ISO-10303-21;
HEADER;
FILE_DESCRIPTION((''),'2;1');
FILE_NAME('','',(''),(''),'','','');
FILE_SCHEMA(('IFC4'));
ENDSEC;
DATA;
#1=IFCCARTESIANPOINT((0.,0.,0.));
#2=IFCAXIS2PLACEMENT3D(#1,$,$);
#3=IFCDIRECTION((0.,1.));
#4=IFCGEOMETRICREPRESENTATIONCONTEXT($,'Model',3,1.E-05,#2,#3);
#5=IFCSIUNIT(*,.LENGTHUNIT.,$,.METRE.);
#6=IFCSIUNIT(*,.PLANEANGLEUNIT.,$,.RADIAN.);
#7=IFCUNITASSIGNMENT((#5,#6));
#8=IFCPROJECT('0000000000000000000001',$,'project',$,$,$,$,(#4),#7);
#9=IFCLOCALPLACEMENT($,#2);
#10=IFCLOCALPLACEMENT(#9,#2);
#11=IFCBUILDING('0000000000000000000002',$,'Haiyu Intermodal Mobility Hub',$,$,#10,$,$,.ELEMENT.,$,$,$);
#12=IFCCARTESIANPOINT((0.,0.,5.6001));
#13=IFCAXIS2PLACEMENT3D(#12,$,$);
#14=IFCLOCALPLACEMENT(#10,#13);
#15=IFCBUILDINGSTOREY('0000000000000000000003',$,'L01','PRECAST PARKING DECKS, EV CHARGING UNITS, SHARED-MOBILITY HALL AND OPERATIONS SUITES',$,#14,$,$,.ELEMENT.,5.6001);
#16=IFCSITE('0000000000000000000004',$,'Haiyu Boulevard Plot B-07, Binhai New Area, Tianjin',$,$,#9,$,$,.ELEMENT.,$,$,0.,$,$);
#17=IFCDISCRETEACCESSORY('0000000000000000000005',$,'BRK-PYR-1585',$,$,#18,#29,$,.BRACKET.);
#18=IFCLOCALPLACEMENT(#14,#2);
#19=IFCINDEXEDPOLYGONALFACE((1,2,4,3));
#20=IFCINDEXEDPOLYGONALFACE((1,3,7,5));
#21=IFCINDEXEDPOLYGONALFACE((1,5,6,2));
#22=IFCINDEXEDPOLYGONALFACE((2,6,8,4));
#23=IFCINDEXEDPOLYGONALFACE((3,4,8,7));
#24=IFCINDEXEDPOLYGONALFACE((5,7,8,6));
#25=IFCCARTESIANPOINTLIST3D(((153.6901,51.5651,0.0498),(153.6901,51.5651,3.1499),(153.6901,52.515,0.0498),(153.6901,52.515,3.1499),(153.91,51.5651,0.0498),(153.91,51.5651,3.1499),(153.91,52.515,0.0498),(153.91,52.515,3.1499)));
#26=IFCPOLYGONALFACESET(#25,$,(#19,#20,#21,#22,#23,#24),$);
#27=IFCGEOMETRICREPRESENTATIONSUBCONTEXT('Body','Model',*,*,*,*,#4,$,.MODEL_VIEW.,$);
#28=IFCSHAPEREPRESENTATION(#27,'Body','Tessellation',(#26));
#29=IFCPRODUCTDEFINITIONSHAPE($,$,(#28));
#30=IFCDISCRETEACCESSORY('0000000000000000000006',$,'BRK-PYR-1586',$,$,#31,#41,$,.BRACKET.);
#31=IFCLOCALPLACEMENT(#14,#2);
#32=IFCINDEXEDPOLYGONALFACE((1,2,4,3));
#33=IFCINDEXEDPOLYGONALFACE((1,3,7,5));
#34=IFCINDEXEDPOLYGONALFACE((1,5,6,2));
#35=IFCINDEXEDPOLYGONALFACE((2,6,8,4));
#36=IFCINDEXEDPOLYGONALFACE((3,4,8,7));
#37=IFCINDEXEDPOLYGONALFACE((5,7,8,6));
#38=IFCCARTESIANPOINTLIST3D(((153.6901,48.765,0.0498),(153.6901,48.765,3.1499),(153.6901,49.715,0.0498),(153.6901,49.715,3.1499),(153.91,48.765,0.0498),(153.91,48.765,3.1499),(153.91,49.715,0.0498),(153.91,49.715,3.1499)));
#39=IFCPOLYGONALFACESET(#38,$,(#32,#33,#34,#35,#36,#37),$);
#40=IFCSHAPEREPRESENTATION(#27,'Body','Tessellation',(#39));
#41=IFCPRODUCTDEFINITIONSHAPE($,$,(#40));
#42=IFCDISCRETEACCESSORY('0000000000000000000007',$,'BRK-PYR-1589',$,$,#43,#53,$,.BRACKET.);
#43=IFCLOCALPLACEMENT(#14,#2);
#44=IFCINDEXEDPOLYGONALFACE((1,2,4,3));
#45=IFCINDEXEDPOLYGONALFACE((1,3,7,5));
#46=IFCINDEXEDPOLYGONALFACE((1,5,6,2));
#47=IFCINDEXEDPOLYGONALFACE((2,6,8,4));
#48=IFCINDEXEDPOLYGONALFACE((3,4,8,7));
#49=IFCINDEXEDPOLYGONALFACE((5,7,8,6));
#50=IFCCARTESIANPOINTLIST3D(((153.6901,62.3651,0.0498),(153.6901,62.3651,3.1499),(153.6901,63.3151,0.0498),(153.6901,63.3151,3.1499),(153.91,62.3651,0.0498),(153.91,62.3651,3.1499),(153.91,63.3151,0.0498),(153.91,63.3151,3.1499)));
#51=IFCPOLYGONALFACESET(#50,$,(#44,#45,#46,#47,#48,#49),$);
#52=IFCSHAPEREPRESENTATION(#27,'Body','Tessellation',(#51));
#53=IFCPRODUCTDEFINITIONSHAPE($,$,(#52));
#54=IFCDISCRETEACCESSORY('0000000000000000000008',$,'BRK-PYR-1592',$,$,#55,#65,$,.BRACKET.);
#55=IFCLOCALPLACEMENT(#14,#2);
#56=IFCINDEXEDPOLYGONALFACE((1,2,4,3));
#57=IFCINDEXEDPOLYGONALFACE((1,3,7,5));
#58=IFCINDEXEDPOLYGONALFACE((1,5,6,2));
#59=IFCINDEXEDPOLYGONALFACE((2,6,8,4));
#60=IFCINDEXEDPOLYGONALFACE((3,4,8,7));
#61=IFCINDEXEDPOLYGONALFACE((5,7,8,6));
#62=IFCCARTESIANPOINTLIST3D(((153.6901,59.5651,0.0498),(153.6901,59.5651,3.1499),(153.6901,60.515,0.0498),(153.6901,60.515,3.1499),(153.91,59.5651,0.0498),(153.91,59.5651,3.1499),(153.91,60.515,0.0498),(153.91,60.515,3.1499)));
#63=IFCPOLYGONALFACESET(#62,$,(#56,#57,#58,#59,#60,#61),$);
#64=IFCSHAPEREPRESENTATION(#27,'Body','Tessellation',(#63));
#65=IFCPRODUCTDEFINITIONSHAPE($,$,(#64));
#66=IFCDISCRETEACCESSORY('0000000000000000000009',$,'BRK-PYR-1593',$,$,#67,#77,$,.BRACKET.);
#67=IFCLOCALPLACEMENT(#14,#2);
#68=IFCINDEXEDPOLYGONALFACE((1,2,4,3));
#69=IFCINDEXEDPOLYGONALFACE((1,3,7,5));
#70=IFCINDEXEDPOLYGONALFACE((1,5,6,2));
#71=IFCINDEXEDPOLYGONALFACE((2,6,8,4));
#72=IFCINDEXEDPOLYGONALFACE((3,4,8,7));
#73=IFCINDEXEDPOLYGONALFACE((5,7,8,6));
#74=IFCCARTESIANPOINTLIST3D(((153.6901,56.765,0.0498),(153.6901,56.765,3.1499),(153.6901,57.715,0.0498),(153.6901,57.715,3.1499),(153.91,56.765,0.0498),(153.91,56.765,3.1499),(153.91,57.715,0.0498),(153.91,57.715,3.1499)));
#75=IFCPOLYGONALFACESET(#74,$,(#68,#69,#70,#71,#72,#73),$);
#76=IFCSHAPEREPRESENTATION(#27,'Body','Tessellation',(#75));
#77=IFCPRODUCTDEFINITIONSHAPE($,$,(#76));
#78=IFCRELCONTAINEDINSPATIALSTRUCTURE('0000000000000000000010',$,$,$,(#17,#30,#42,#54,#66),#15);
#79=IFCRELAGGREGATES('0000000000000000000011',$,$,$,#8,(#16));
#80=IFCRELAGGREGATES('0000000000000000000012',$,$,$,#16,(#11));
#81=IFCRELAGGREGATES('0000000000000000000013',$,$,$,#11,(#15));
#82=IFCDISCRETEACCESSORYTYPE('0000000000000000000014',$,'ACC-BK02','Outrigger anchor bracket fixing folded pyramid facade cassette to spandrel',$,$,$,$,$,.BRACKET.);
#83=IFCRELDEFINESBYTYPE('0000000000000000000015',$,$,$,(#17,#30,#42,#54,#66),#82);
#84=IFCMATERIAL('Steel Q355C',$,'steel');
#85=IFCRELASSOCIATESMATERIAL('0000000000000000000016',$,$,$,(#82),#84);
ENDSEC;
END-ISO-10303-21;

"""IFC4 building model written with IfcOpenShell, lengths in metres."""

from ifc_helpers import new_model, si_unit, direction, frame, origin, origin_2d, place, context, subcontext, project, spatial, rectangle, extrude, material, type_object, element, save


model = new_model("IFC4")

# Units and contexts
model_context = context("Model", 3, precision=1e-05, world=origin(), true_north=direction((0.0, 1.0)))
body_context = subcontext(model_context, "Body", "Model", "MODEL_VIEW")
ifc_project = project(units=[si_unit("LENGTHUNIT", "METRE"), si_unit("PLANEANGLEUNIT", "RADIAN")], contexts=[model_context])

# Site, building, storey
site_placement = place(None, origin())
site = spatial("IfcSite", under=ifc_project, at=site_placement, Name="Haiyu Boulevard Plot B-07, Binhai New Area, Tianjin", CompositionType="ELEMENT", RefElevation=0.0)
building_placement = place(site_placement, origin())
building = spatial("IfcBuilding", under=site, at=building_placement, Name="Haiyu Intermodal Mobility Hub", CompositionType="ELEMENT")
storey_placement = place(building_placement, frame((0.0, 0.0, 5.6001)))
storey = spatial("IfcBuildingStorey", under=building, at=storey_placement, Name="L01", Description="PRECAST PARKING DECKS, EV CHARGING UNITS, SHARED-MOBILITY HALL AND OPERATIONS SUITES", CompositionType="ELEMENT", Elevation=5.6001)

# Shared definitions
ifc_material_1 = material(Name="Steel Q355C", Category="steel")

# Discrete accessories
discrete_accessory_type = type_object("IfcDiscreteAccessoryType", Name="ACC-BK02", Description="Outrigger anchor bracket fixing folded pyramid facade cassette to spandrel", PredefinedType="BRACKET", material=ifc_material_1)
for number, where, z_axis, x_axis, name in (
    (1, (153.8, 52.04, 0.0498), (0.0, 0.0, 1.0), (1.0, 0.0, 0.0), "BRK-PYR-1585"),
    (2, (153.8, 49.24, 0.0498), (0.0, 0.0, 1.0), (1.0, 0.0, 0.0), "BRK-PYR-1586"),
    (3, (153.8, 62.8401, 0.0498), (0.0, 0.0, 1.0), (1.0, 0.0, 0.0), "BRK-PYR-1589"),
    (4, (153.8, 60.04, 0.0498), (0.0, 0.0, 1.0), (1.0, 0.0, 0.0), "BRK-PYR-1592"),
    (5, (153.8, 57.24, 0.0498), (0.0, 0.0, 1.0), (1.0, 0.0, 0.0), "BRK-PYR-1593"),
):
    element("IfcDiscreteAccessory", number, at=place(storey_placement, frame(where, z_axis=z_axis, x_axis=x_axis)), inside=storey, type_object=discrete_accessory_type, Name=name, PredefinedType="BRACKET", context=body_context, shape_type="SweptSolid", body=[
        extrude(rectangle(XDim=0.22, YDim=0.95, at=origin_2d()), origin(), (0.0, 0.0, 1.0), 3.1001),
    ])

save(model, "model.ifc")
